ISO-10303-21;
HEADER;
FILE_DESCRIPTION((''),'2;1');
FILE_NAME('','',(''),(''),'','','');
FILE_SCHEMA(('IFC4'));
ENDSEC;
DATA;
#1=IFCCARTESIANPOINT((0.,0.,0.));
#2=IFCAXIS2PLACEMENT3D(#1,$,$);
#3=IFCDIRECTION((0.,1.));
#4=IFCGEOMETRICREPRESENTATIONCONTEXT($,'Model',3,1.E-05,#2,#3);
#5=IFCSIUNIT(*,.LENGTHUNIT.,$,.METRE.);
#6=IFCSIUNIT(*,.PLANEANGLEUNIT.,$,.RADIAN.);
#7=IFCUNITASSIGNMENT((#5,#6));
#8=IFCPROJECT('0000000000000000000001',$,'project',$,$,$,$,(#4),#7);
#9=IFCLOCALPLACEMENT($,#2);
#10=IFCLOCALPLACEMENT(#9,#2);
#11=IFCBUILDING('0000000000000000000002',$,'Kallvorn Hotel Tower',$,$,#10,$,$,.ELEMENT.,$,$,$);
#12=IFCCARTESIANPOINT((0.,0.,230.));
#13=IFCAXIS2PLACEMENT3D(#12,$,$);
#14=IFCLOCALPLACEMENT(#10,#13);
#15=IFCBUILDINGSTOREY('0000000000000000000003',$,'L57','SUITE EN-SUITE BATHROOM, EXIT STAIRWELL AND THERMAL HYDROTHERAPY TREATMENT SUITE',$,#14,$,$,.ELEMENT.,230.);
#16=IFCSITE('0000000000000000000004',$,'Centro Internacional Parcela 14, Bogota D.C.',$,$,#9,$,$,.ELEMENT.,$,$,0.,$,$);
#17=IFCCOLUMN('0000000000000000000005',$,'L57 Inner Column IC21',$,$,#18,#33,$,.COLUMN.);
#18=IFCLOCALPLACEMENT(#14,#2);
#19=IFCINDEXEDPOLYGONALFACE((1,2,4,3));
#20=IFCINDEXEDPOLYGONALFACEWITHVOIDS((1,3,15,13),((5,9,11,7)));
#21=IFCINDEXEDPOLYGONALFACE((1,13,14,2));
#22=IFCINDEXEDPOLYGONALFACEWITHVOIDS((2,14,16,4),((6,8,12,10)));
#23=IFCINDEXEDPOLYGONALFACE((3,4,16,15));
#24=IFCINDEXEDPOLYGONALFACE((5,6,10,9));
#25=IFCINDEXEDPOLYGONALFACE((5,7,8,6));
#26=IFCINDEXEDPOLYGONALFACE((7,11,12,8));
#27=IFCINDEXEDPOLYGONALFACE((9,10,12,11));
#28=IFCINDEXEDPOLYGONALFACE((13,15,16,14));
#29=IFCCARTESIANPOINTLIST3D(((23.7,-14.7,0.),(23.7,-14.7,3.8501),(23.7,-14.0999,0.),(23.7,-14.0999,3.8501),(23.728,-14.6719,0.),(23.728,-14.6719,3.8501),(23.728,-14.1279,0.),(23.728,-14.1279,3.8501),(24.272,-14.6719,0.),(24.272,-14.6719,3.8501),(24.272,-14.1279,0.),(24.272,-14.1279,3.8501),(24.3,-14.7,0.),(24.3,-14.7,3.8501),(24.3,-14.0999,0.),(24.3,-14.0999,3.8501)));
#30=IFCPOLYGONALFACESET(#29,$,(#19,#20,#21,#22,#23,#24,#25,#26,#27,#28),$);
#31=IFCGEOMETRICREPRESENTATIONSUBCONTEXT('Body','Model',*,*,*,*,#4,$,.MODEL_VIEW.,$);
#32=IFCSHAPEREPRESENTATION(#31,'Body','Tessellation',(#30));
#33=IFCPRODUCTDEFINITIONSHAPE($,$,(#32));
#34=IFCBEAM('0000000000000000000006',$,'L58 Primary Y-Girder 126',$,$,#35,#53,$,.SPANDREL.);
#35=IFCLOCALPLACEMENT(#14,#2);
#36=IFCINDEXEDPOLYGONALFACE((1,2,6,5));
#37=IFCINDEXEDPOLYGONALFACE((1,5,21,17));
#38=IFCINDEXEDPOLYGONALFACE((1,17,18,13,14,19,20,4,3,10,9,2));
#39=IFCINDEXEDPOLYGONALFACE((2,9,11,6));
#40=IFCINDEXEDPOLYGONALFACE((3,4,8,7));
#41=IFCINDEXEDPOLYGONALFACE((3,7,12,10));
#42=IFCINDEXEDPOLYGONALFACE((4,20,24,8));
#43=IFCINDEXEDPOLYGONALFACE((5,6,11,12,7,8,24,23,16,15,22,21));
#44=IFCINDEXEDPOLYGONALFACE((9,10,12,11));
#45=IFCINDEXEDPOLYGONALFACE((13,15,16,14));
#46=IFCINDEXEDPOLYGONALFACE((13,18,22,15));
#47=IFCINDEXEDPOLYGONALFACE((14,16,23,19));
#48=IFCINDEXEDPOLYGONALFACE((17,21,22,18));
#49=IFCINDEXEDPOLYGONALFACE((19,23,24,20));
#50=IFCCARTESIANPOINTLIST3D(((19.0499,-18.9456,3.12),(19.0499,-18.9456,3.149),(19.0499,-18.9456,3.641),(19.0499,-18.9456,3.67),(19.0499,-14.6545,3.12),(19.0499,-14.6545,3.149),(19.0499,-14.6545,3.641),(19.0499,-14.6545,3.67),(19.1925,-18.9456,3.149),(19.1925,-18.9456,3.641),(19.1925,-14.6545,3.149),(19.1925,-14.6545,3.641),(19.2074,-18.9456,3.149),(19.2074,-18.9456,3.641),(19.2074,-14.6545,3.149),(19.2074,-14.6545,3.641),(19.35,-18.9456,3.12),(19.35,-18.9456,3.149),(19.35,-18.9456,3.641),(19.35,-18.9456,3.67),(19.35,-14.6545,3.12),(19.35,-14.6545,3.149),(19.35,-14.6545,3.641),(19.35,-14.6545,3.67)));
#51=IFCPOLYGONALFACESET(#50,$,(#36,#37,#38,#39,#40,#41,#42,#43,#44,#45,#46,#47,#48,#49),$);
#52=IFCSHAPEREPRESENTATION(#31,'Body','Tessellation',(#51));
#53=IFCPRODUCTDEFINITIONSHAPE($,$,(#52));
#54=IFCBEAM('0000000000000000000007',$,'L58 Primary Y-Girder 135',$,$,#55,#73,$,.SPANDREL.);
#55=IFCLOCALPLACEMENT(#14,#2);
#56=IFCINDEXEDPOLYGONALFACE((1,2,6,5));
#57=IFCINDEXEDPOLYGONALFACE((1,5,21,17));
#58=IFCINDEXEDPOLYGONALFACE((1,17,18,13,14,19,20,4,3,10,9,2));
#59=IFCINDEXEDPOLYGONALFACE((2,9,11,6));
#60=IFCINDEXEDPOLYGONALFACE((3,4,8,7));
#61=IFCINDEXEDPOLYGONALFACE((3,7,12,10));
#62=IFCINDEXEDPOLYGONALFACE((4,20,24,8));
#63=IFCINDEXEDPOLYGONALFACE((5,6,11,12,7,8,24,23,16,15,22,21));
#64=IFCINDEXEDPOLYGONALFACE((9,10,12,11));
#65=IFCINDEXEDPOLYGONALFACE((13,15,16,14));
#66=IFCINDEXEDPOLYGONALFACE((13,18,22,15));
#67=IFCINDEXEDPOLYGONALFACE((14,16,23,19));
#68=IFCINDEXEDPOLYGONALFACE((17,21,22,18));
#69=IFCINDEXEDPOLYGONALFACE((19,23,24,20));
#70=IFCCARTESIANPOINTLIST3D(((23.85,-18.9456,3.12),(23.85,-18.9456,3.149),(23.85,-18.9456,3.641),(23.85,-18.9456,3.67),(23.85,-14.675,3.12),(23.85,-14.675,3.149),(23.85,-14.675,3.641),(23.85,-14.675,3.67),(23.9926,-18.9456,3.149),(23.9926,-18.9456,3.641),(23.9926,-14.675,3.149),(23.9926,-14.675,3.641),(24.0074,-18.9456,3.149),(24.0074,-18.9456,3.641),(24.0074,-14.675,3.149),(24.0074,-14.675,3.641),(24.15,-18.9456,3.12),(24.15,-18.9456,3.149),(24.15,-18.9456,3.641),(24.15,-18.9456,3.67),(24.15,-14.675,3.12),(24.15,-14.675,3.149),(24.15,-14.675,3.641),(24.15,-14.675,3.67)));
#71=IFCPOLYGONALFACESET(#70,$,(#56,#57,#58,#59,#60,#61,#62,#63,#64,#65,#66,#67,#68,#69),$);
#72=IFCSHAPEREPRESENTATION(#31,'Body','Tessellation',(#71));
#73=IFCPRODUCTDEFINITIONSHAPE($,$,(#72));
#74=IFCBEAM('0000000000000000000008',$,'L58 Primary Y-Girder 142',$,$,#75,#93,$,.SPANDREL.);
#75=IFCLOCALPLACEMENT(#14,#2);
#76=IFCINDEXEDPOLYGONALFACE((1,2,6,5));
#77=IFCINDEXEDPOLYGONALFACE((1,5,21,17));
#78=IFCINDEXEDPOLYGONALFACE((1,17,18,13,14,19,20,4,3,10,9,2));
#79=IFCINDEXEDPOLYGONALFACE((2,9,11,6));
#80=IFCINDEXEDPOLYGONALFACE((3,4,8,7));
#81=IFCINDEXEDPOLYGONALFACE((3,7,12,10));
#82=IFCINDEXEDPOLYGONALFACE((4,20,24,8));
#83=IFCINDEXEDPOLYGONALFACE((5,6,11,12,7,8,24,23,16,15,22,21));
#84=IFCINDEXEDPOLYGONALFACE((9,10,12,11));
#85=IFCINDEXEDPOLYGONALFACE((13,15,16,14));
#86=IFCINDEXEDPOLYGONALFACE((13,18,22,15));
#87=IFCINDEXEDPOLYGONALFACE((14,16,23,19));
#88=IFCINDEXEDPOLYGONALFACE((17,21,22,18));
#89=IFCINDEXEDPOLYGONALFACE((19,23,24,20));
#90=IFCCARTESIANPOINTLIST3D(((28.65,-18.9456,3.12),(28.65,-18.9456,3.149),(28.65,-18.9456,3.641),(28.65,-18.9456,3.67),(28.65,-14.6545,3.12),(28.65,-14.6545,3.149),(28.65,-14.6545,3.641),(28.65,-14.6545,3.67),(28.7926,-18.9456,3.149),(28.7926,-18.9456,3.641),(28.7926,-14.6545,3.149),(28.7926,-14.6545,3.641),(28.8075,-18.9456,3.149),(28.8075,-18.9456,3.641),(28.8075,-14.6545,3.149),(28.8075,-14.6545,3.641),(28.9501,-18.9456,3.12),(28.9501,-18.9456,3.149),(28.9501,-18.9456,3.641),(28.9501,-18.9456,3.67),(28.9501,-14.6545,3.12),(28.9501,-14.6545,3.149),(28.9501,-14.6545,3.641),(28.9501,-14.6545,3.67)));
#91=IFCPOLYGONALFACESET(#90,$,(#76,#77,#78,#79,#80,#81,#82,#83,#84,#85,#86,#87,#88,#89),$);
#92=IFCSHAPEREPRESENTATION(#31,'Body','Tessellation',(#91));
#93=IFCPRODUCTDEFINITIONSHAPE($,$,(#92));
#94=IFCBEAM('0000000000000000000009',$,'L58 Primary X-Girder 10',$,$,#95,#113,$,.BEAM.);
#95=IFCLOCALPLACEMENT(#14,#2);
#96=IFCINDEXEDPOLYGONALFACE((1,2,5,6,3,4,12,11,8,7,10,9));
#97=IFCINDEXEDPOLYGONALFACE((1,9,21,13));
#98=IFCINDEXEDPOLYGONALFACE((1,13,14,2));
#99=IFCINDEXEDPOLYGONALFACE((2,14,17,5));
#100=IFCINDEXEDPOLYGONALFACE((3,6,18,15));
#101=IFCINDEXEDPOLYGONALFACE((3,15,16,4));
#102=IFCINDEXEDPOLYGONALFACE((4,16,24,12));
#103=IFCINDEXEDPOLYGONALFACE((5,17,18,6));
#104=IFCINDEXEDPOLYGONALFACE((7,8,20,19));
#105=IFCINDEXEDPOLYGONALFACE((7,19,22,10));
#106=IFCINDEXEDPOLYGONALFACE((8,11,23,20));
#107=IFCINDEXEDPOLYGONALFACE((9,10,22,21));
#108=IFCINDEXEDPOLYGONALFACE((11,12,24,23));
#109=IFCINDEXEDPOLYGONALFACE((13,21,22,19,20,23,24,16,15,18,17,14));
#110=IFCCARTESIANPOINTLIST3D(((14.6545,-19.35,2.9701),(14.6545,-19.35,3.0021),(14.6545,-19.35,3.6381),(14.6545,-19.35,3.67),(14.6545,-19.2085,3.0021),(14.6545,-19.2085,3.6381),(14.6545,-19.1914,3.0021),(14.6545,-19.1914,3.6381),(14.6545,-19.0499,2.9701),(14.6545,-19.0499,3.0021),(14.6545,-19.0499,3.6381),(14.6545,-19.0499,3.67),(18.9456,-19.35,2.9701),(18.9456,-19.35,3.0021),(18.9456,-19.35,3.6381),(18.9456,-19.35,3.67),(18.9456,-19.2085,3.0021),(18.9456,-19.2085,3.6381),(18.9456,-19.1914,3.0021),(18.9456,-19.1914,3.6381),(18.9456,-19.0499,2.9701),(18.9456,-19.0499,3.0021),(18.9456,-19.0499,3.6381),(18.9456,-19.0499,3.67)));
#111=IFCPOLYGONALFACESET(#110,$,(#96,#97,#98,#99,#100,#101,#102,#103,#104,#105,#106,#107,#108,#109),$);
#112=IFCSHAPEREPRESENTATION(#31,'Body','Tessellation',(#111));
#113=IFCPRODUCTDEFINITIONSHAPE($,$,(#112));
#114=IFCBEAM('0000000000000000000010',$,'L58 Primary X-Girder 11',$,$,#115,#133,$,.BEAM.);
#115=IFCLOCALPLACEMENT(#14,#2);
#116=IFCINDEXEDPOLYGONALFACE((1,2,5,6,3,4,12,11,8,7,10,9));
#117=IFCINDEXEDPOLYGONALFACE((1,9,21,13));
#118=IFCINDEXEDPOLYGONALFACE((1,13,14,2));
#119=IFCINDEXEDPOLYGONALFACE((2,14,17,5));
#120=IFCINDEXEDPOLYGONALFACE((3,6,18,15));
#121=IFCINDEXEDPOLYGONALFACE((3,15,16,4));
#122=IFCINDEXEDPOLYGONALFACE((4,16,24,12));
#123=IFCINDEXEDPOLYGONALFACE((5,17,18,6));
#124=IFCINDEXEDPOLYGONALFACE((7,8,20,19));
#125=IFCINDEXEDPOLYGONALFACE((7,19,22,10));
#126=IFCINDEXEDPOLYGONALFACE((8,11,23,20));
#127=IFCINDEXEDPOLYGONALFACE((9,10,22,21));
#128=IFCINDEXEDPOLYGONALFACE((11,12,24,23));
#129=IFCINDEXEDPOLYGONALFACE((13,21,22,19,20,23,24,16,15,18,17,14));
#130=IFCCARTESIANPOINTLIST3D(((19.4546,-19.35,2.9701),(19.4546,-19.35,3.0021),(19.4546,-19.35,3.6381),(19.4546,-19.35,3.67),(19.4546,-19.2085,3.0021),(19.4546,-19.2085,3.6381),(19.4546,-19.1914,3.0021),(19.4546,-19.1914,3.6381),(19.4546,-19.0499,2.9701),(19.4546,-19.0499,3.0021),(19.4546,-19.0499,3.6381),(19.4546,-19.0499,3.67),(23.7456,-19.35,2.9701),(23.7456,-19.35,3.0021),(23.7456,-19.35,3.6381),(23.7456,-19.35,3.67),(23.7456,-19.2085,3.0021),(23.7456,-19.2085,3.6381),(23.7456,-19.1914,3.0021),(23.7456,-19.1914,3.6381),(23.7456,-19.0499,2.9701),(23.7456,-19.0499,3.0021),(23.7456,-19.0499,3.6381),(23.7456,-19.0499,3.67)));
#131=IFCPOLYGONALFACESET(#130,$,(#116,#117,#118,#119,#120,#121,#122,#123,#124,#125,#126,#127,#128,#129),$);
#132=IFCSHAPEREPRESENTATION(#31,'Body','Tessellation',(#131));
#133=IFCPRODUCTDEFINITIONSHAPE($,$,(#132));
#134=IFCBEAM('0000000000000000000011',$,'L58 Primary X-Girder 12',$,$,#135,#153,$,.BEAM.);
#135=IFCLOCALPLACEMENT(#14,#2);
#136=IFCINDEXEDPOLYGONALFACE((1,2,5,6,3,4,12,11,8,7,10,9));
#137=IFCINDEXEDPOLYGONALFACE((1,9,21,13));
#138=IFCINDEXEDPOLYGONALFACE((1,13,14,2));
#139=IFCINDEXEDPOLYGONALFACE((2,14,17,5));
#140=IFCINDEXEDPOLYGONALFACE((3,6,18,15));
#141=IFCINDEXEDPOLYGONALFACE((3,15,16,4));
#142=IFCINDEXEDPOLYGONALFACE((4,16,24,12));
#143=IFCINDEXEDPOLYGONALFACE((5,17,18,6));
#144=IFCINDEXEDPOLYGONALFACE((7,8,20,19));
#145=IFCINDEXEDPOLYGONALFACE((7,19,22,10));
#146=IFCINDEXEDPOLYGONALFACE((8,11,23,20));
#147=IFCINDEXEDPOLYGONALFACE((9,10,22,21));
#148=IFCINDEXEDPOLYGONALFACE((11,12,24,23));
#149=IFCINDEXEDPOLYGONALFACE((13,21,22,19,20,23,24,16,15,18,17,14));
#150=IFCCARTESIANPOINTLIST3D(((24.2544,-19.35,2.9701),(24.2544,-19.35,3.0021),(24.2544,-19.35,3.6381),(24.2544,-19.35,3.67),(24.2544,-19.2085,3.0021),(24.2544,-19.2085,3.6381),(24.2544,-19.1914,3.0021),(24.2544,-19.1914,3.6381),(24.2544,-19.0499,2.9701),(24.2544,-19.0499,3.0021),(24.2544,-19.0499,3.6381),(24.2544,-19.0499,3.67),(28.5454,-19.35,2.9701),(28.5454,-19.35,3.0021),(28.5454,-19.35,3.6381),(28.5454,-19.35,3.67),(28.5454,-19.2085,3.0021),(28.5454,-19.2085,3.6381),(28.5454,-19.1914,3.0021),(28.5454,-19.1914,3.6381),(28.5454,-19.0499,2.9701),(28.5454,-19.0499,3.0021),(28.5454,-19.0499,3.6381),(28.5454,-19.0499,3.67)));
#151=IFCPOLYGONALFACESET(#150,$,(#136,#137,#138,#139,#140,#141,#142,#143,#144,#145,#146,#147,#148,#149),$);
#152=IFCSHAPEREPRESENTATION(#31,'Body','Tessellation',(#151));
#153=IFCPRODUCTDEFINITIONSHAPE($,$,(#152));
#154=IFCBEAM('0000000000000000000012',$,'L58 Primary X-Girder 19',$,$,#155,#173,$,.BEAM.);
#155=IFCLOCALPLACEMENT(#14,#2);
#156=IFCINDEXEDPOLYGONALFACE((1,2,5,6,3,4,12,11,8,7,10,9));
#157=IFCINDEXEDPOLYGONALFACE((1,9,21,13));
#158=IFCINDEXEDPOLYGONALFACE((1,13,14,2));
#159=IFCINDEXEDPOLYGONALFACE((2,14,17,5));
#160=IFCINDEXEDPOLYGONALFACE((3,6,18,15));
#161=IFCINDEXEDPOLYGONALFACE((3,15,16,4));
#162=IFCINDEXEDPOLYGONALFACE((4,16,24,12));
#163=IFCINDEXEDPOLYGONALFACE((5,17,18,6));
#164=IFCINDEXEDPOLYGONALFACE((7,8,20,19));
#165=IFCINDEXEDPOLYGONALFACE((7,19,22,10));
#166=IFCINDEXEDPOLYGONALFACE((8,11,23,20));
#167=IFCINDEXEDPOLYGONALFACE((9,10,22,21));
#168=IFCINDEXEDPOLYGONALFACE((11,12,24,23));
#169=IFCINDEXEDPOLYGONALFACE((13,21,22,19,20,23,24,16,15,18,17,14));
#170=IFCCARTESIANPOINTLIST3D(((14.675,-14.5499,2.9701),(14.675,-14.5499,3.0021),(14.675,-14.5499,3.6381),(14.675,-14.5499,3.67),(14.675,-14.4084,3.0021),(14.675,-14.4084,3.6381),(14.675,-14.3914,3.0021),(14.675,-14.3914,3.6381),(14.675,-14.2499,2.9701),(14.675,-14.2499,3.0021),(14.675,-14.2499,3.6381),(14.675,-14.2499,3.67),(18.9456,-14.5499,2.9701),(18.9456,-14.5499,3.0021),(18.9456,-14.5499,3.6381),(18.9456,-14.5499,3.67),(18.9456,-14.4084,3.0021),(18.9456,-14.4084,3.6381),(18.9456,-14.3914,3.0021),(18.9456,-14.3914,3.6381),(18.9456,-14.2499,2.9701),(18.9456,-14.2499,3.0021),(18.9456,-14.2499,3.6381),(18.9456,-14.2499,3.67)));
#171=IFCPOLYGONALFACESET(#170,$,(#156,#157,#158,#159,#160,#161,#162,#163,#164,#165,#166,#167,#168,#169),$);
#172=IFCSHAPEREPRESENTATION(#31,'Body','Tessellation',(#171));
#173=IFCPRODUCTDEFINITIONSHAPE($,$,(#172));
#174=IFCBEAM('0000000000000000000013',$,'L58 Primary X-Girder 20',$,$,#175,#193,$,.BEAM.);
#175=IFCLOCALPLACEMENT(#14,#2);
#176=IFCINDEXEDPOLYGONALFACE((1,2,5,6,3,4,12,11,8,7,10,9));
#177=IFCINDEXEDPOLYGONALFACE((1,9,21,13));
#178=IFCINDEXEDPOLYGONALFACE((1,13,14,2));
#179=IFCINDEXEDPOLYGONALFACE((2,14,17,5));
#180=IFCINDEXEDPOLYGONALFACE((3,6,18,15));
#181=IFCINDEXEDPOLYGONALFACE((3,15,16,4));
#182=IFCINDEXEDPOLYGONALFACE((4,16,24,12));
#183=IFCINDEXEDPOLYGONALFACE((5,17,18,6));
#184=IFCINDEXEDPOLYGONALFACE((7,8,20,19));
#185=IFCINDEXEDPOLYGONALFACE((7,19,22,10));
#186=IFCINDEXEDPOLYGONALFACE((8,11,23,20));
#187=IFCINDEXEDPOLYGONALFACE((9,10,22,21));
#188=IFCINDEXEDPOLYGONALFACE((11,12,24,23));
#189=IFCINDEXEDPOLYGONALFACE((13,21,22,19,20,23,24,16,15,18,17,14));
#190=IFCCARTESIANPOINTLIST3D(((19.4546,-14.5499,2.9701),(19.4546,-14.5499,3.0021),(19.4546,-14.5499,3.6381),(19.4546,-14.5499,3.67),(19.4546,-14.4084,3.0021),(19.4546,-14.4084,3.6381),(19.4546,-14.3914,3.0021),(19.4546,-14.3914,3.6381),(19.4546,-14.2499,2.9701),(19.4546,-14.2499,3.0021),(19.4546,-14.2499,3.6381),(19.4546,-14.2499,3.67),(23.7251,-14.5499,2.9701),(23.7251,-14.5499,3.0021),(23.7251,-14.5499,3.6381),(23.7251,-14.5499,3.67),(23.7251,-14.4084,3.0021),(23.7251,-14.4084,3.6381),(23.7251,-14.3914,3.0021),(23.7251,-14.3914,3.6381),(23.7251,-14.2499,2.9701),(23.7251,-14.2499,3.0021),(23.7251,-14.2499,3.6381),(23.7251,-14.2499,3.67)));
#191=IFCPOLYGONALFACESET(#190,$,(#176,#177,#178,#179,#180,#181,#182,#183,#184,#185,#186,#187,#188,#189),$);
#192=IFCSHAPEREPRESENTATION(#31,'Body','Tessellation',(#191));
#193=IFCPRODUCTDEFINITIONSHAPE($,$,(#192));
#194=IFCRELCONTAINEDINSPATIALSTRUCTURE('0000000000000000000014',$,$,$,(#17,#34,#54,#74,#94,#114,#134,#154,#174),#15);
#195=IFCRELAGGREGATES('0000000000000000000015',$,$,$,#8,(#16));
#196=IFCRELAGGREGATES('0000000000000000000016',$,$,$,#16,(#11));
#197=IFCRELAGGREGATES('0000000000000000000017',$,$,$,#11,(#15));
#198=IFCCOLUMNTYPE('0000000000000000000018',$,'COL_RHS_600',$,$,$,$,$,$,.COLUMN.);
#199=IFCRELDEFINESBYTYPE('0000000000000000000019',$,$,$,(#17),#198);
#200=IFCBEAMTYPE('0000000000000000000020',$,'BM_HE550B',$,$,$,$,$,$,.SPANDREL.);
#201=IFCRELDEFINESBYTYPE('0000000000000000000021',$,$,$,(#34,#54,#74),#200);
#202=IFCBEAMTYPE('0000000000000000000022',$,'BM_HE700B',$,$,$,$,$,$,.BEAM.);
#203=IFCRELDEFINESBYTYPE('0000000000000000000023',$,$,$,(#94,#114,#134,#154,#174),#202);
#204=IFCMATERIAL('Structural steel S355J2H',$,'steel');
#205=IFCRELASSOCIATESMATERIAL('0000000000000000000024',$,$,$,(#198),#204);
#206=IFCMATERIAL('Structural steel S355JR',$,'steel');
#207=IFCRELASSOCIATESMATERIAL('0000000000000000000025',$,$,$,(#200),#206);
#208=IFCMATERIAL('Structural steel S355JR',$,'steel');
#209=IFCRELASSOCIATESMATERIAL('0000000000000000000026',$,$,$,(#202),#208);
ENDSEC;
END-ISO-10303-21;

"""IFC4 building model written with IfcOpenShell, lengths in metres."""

from ifc_helpers import new_model, si_unit, direction, frame, origin, origin_2d, place, context, subcontext, project, spatial, hollow_rectangle, i_section, extrude, material, material_profile, profile_set, type_object, element, save


model = new_model("IFC4")

# Units and contexts
model_context = context("Model", 3, precision=1e-05, world=origin(), true_north=direction((0.0, 1.0)))
body_context = subcontext(model_context, "Body", "Model", "MODEL_VIEW")
ifc_project = project(units=[si_unit("LENGTHUNIT", "METRE"), si_unit("PLANEANGLEUNIT", "RADIAN")], contexts=[model_context])

# Site, building, storey
site_placement = place(None, origin())
site = spatial("IfcSite", under=ifc_project, at=site_placement, Name="Centro Internacional Parcela 14, Bogota D.C.", CompositionType="ELEMENT", RefElevation=0.0)
building_placement = place(site_placement, origin())
building = spatial("IfcBuilding", under=site, at=building_placement, Name="Kallvorn Hotel Tower", CompositionType="ELEMENT")
storey_placement = place(building_placement, frame((0.0, 0.0, 230.0)))
storey = spatial("IfcBuildingStorey", under=building, at=storey_placement, Name="L57", Description="SUITE EN-SUITE BATHROOM, EXIT STAIRWELL AND THERMAL HYDROTHERAPY TREATMENT SUITE", CompositionType="ELEMENT", Elevation=230.0)

# Column
ifc_material_1 = material(Name="Structural steel S355J2H", Category="steel")
ifc_material_profile_1 = material_profile(ifc_material_1, hollow_rectangle(XDim=0.6001, YDim=0.6001, WallThickness=0.0281, at=origin_2d()), Name="RHS 600x600x28")
ifc_profile_set_1 = profile_set([ifc_material_profile_1], Name="Structural steel S355J2H")
column_type_1 = type_object("IfcColumnType", Name="COL_RHS_600", PredefinedType="COLUMN", material=ifc_profile_set_1)
column_placement = place(storey_placement, frame((24.0, -14.3999, 0.0), z_axis=(0.0, 0.0, 1.0), x_axis=(1.0, 0.0, 0.0)))
element("IfcColumn", 1, at=column_placement, inside=storey, type_object=column_type_1, Name="L57 Inner Column IC21", PredefinedType="COLUMN", context=body_context, shape_type="SweptSolid", body=[
    extrude(hollow_rectangle(XDim=0.6001, YDim=0.6001, WallThickness=0.0281, at=origin_2d()), origin(), (0.0, 0.0, 1.0), 3.8501),
])

# Beams
ifc_material_2 = material(Name="Structural steel S355JR", Category="steel")
ifc_material_profile_2 = material_profile(ifc_material_2, i_section(OverallWidth=0.3, OverallDepth=0.55, WebThickness=0.0149, FlangeThickness=0.0291, at=origin_2d()), Name="HE 550 B")
ifc_profile_set_2 = profile_set([ifc_material_profile_2], Name="Structural steel S355JR")
beam_type_1 = type_object("IfcBeamType", Name="BM_HE550B", PredefinedType="SPANDREL", material=ifc_profile_set_2)
beam_1_placement = place(storey_placement, frame((19.2, -18.9456, 3.395), z_axis=(0.0, 1.0, 0.0), x_axis=(-1.0, 0.0, 0.0)))
element("IfcBeam", 2, at=beam_1_placement, inside=storey, type_object=beam_type_1, Name="L58 Primary Y-Girder 126", PredefinedType="SPANDREL", context=body_context, shape_type="SweptSolid", body=[
    extrude(i_section(OverallWidth=0.3, OverallDepth=0.55, WebThickness=0.0149, FlangeThickness=0.0291, at=origin_2d()), origin(), (0.0, 0.0, 1.0), 4.291),
])
beam_2_placement = place(storey_placement, frame((24.0, -18.9456, 3.395), z_axis=(0.0, 1.0, 0.0), x_axis=(-1.0, 0.0, 0.0)))
element("IfcBeam", 3, at=beam_2_placement, inside=storey, type_object=beam_type_1, Name="L58 Primary Y-Girder 135", PredefinedType="SPANDREL", context=body_context, shape_type="SweptSolid", body=[
    extrude(i_section(OverallWidth=0.3, OverallDepth=0.55, WebThickness=0.0149, FlangeThickness=0.0291, at=origin_2d()), origin(), (0.0, 0.0, 1.0), 4.2705),
])
beam_3_placement = place(storey_placement, frame((28.8, -18.9456, 3.395), z_axis=(0.0, 1.0, 0.0), x_axis=(-1.0, 0.0, 0.0)))
element("IfcBeam", 4, at=beam_3_placement, inside=storey, type_object=beam_type_1, Name="L58 Primary Y-Girder 142", PredefinedType="SPANDREL", context=body_context, shape_type="SweptSolid", body=[
    extrude(i_section(OverallWidth=0.3, OverallDepth=0.55, WebThickness=0.0149, FlangeThickness=0.0291, at=origin_2d()), origin(), (0.0, 0.0, 1.0), 4.291),
])
ifc_material_3 = material(Name="Structural steel S355JR", Category="steel")
ifc_material_profile_3 = material_profile(ifc_material_3, i_section(OverallWidth=0.3, OverallDepth=0.7, WebThickness=0.0171, FlangeThickness=0.032, at=origin_2d()), Name="HE 700 B")
ifc_profile_set_3 = profile_set([ifc_material_profile_3], Name="Structural steel S355JR")
beam_type_2 = type_object("IfcBeamType", Name="BM_HE700B", PredefinedType="BEAM", material=ifc_profile_set_3)
for number, where, z_axis, x_axis, name in (
    (5, (14.6545, -19.2, 3.3201), (1.0, 0.0, 0.0), (0.0, 1.0, 0.0), "L58 Primary X-Girder 10"),
    (6, (19.4546, -19.2, 3.3201), (1.0, 0.0, 0.0), (0.0, 1.0, 0.0), "L58 Primary X-Girder 11"),
    (7, (24.2544, -19.2, 3.3201), (1.0, 0.0, 0.0), (0.0, 1.0, 0.0), "L58 Primary X-Girder 12"),
):
    element("IfcBeam", number, at=place(storey_placement, frame(where, z_axis=z_axis, x_axis=x_axis)), inside=storey, type_object=beam_type_2, Name=name, PredefinedType="BEAM", context=body_context, shape_type="SweptSolid", body=[
        extrude(i_section(OverallWidth=0.3, OverallDepth=0.7, WebThickness=0.0171, FlangeThickness=0.032, at=origin_2d()), origin(), (0.0, 0.0, 1.0), 4.291),
    ])
for number, where, z_axis, x_axis, name in (
    (8, (14.675, -14.3999, 3.3201), (1.0, 0.0, 0.0), (0.0, 1.0, 0.0), "L58 Primary X-Girder 19"),
    (9, (19.4546, -14.3999, 3.3201), (1.0, 0.0, 0.0), (0.0, 1.0, 0.0), "L58 Primary X-Girder 20"),
):
    element("IfcBeam", number, at=place(storey_placement, frame(where, z_axis=z_axis, x_axis=x_axis)), inside=storey, type_object=beam_type_2, Name=name, PredefinedType="BEAM", context=body_context, shape_type="SweptSolid", body=[
        extrude(i_section(OverallWidth=0.3, OverallDepth=0.7, WebThickness=0.0171, FlangeThickness=0.032, at=origin_2d()), origin(), (0.0, 0.0, 1.0), 4.2705),
    ])

save(model, "model.ifc")
